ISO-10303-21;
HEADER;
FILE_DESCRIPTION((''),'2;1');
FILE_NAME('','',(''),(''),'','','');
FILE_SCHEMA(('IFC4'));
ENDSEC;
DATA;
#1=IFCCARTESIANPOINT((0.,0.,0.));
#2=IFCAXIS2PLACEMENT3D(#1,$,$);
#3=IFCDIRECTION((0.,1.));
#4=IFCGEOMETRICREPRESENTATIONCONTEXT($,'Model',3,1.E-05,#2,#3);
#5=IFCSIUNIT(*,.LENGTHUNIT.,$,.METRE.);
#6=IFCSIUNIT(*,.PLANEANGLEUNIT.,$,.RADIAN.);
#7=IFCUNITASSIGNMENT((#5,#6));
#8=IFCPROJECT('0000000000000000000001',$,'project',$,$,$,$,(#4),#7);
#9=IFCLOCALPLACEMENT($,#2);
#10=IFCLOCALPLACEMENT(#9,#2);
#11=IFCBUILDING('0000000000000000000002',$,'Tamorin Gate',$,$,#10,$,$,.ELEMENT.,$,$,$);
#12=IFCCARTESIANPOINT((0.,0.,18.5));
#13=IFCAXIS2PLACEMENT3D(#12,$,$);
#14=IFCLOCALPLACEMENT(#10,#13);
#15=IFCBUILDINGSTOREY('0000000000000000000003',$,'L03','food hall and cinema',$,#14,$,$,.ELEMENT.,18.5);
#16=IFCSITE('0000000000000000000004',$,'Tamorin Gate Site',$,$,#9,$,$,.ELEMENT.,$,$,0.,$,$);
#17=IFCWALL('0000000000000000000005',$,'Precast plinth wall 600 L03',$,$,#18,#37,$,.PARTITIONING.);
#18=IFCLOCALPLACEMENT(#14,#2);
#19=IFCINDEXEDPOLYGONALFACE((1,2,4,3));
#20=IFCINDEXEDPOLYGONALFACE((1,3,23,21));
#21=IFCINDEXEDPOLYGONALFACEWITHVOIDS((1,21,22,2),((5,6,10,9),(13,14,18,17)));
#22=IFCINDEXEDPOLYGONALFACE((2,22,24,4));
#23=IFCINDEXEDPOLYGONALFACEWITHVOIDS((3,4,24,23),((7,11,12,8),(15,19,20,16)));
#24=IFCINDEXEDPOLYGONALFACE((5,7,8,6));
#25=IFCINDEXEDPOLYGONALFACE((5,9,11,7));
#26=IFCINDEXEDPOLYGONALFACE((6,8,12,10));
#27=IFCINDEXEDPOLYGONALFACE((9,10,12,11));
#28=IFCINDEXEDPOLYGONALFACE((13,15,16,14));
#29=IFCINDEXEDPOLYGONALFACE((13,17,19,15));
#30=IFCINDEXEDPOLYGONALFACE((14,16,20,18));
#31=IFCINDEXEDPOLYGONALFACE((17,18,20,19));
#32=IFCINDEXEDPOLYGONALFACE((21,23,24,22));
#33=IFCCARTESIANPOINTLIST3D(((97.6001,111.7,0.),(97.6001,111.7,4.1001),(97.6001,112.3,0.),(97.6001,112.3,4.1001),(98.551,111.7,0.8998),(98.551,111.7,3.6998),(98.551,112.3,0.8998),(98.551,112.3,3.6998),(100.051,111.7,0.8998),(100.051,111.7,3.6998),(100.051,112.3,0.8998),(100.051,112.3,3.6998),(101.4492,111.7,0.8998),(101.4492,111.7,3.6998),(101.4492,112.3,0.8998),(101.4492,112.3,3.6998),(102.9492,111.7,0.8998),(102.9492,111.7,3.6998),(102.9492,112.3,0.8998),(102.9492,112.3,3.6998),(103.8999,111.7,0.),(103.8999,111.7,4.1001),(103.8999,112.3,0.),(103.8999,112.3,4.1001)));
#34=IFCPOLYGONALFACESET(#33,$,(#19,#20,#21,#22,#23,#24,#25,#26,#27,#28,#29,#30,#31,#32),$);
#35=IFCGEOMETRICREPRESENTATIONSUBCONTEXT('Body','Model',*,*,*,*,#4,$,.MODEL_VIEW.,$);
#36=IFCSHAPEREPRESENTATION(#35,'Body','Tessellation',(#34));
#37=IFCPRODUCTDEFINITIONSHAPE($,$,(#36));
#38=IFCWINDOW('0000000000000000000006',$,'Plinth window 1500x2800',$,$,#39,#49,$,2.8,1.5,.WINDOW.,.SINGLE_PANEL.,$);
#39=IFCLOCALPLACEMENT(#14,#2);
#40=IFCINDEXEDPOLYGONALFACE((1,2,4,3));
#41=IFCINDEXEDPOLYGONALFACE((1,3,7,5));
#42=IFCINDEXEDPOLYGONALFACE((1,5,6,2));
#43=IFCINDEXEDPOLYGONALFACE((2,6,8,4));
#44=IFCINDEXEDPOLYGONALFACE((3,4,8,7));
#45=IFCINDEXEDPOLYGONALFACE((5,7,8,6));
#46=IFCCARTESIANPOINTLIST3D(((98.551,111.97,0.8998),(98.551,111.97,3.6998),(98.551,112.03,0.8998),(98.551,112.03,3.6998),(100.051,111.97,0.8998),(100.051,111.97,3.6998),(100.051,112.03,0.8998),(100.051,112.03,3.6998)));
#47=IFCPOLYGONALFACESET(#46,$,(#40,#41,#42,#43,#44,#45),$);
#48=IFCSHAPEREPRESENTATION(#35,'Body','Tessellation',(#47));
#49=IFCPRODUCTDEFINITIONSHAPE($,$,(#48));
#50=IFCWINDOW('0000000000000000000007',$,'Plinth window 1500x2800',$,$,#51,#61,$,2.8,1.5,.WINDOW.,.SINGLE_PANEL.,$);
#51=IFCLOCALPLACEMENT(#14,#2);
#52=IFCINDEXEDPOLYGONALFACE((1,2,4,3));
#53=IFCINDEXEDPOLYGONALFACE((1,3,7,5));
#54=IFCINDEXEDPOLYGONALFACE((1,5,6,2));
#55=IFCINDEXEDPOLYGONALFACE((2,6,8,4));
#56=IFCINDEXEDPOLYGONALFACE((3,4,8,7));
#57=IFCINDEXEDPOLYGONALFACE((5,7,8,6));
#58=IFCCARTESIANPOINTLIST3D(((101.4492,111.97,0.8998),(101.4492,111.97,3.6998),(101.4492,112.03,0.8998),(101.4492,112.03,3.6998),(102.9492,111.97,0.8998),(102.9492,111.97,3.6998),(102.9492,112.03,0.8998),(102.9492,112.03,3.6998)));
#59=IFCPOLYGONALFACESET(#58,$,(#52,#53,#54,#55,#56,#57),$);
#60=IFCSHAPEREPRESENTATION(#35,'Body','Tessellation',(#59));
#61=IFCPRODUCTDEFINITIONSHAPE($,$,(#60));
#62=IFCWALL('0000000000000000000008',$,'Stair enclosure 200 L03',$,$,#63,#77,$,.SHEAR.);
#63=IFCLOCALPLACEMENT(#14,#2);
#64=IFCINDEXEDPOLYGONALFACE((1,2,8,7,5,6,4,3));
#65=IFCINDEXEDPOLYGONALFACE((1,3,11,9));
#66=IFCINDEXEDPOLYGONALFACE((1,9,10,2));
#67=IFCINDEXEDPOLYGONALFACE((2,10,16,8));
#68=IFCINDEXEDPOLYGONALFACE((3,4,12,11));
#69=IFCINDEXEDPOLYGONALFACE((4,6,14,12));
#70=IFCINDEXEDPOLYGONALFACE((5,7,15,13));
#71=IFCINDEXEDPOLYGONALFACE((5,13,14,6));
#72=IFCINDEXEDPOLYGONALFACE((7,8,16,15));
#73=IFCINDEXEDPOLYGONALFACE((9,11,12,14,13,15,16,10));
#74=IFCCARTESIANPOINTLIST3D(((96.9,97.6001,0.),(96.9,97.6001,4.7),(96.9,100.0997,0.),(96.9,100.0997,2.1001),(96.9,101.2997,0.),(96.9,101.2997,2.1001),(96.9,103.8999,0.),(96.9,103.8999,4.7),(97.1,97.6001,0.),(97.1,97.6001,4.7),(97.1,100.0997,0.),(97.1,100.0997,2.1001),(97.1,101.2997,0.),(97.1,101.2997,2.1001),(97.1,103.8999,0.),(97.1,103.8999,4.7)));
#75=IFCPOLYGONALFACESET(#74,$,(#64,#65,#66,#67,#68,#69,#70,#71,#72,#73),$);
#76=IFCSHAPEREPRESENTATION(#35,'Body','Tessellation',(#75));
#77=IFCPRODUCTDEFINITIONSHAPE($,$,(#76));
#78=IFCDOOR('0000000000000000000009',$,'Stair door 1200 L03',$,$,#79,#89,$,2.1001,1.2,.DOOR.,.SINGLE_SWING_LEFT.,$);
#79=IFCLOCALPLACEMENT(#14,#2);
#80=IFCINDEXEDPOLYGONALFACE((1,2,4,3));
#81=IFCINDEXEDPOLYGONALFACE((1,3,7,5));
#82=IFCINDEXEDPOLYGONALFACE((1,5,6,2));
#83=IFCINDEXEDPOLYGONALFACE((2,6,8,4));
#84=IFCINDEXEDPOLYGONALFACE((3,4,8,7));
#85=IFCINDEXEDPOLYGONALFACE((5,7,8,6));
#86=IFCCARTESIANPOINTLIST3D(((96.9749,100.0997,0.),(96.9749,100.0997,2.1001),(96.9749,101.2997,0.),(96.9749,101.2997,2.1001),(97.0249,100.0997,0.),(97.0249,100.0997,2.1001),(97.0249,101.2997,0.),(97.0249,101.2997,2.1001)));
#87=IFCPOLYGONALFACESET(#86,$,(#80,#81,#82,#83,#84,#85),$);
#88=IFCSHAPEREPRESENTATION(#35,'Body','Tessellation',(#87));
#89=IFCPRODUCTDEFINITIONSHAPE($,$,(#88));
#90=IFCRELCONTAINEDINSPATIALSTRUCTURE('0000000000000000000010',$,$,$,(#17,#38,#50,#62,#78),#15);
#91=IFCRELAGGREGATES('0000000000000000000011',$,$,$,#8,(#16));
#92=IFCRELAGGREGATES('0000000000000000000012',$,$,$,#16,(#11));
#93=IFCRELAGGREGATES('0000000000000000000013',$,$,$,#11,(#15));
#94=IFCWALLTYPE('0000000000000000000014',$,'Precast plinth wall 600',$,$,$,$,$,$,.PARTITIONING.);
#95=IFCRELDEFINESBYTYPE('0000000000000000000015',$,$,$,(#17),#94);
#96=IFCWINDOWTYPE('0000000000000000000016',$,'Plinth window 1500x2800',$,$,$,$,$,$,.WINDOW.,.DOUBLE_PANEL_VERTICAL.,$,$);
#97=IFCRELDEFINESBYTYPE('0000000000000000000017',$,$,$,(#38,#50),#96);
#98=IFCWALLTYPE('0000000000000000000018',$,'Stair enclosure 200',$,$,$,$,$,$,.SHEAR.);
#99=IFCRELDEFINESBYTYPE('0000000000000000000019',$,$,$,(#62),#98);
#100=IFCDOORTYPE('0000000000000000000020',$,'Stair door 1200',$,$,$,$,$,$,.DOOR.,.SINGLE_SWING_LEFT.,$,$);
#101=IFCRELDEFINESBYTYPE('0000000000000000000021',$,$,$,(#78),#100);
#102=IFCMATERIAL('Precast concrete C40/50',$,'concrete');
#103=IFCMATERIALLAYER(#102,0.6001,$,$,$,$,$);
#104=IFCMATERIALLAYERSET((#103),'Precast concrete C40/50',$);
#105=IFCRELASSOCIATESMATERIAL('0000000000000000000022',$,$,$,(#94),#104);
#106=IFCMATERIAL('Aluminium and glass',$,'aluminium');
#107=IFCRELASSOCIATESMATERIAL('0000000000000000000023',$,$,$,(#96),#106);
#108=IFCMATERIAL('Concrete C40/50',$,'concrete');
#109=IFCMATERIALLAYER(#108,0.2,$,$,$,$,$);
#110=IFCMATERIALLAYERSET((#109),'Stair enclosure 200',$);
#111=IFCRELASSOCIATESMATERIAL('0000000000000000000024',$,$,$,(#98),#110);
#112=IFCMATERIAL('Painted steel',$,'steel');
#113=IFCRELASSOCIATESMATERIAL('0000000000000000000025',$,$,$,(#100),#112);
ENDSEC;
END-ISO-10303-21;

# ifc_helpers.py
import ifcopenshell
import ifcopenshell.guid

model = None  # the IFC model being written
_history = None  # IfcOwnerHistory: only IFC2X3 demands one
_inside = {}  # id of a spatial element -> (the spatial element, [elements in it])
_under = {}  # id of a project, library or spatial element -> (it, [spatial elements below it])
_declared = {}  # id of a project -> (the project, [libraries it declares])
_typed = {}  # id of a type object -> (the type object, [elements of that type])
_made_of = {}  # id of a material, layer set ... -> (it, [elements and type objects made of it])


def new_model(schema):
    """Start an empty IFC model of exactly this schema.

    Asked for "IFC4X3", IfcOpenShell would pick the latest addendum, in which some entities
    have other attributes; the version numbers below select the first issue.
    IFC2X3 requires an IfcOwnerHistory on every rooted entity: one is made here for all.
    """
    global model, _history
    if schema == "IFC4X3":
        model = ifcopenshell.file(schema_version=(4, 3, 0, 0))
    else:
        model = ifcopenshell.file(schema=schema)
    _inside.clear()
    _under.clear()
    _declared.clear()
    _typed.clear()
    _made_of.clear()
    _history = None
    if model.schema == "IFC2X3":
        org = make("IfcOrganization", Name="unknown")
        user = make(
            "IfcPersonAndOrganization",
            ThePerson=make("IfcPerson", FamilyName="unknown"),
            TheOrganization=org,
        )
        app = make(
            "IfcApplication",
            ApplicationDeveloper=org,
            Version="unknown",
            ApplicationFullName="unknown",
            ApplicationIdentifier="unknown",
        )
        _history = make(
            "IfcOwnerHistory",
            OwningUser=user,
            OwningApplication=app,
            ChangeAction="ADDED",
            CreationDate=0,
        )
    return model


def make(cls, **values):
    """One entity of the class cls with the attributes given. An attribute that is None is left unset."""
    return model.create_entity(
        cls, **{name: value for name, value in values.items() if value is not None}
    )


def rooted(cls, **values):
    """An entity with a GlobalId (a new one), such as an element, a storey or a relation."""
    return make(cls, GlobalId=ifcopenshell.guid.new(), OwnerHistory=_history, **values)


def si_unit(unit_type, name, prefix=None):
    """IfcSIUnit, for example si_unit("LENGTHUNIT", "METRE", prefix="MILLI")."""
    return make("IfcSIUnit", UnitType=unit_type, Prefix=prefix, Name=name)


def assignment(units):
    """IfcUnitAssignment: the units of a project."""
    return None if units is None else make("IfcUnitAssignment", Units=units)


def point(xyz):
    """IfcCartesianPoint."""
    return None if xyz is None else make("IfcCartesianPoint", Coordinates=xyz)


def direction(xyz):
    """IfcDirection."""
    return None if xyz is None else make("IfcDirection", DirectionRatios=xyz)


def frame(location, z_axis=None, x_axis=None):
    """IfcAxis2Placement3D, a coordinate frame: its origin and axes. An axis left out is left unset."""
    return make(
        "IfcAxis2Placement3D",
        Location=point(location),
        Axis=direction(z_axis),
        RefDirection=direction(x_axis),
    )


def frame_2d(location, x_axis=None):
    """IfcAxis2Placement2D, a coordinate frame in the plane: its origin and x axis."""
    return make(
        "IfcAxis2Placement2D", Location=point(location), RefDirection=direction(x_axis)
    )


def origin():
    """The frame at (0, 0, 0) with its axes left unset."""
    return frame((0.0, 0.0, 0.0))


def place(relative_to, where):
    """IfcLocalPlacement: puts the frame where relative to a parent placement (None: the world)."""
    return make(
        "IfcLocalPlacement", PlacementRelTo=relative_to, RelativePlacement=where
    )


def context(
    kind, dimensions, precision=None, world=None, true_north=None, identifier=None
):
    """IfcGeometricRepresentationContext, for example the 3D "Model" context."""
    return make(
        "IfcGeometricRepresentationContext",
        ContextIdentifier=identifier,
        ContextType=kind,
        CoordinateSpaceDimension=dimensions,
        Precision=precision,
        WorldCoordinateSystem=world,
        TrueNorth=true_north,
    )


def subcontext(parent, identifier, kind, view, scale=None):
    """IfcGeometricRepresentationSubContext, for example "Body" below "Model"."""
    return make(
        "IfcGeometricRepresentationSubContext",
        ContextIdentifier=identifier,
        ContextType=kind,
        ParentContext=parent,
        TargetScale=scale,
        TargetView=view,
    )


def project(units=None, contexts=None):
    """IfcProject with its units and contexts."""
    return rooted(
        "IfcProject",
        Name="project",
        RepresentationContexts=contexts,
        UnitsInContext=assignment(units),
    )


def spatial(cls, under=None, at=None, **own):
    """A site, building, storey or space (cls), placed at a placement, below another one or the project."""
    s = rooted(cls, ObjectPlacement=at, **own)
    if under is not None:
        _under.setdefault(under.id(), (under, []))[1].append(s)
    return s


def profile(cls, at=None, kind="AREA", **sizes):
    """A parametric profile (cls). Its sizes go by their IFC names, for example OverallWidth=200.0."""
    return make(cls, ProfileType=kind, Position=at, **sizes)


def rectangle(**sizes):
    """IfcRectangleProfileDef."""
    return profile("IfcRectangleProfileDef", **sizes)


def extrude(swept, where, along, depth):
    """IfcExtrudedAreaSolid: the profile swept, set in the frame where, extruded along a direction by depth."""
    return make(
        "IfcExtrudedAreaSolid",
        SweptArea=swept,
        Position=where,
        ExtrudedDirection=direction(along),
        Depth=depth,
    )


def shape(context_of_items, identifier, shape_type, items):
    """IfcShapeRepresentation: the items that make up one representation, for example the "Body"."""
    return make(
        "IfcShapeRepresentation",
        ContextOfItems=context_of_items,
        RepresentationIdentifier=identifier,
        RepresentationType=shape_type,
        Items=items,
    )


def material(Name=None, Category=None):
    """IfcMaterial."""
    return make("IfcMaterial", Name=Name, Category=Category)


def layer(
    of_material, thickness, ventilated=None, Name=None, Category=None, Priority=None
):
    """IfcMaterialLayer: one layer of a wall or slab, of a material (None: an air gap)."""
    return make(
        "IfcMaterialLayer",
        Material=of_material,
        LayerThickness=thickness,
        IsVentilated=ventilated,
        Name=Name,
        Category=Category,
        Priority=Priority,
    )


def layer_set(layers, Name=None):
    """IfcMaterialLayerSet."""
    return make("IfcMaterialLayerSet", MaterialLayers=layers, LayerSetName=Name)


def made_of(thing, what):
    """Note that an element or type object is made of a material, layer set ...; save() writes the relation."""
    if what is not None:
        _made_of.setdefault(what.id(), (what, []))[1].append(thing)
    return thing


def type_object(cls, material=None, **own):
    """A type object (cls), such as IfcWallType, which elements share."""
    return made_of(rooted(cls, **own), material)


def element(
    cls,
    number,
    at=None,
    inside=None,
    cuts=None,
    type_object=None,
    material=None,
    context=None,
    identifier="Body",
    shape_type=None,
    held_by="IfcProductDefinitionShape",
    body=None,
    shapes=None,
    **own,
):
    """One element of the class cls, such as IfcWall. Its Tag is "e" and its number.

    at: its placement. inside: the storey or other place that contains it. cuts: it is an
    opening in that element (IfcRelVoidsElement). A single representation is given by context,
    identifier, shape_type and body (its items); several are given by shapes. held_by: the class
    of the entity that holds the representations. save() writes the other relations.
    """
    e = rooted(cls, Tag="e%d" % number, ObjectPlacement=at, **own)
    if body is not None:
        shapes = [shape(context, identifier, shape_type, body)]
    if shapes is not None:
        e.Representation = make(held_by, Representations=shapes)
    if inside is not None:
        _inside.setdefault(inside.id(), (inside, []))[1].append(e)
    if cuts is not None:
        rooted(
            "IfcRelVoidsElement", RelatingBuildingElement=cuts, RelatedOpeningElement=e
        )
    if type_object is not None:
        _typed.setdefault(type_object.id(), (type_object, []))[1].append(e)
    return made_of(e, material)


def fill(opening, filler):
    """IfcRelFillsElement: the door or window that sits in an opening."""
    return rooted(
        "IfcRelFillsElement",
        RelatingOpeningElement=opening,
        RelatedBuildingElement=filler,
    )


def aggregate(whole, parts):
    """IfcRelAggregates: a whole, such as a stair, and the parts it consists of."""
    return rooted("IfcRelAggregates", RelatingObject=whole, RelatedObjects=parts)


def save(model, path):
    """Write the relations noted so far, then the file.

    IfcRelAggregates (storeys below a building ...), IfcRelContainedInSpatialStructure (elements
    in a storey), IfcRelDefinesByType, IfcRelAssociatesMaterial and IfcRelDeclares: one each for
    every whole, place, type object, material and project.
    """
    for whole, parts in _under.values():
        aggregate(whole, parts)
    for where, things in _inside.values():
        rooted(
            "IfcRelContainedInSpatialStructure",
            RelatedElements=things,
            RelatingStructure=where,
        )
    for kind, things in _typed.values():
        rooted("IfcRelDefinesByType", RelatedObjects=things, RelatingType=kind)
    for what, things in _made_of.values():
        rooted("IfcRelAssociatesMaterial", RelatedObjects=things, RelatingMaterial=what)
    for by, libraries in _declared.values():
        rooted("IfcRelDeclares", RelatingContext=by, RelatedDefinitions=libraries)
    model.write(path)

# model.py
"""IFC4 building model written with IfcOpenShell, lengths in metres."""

from ifc_helpers import new_model, si_unit, direction, frame, frame_2d, origin, place, context, subcontext, project, spatial, rectangle, extrude, material, layer, layer_set, type_object, element, fill, save


model = new_model("IFC4")

# Units and contexts
model_context = context("Model", 3, precision=1e-05, world=origin(), true_north=direction((0.0, 1.0)))
body_context = subcontext(model_context, "Body", "Model", "MODEL_VIEW")
ifc_project = project(units=[si_unit("LENGTHUNIT", "METRE"), si_unit("PLANEANGLEUNIT", "RADIAN")], contexts=[model_context])

# Site, building, storey
site_placement = place(None, origin())
site = spatial("IfcSite", under=ifc_project, at=site_placement, Name="Tamorin Gate Site", CompositionType="ELEMENT", RefElevation=0.0)
building_placement = place(site_placement, origin())
building = spatial("IfcBuilding", under=site, at=building_placement, Name="Tamorin Gate", CompositionType="ELEMENT")
storey_placement = place(building_placement, frame((0.0, 0.0, 18.5)))
storey = spatial("IfcBuildingStorey", under=building, at=storey_placement, Name="L03", Description="food hall and cinema", CompositionType="ELEMENT", Elevation=18.5)

# Shared definitions
ifc_material_1 = material(Name="Precast concrete C40/50", Category="concrete")
ifc_layer_1 = layer(ifc_material_1, 0.6001)
ifc_layer_set_1 = layer_set([ifc_layer_1], Name="Precast concrete C40/50")
wall_type_1 = type_object("IfcWallType", Name="Precast plinth wall 600", PredefinedType="PARTITIONING", material=ifc_layer_set_1)
ifc_material_2 = material(Name="Aluminium and glass", Category="aluminium")

# Wall, openings, windows
window_type_1 = type_object("IfcWindowType", Name="Plinth window 1500x2800", PartitioningType="DOUBLE_PANEL_VERTICAL", PredefinedType="WINDOW", material=ifc_material_2)
wall_1_placement = place(storey_placement, frame((97.6001, 112.0, 0.0), z_axis=(0.0, 0.0, 1.0), x_axis=(1.0, 0.0, 0.0)))
wall_1 = element("IfcWall", 1, at=wall_1_placement, inside=storey, type_object=wall_type_1, Name="Precast plinth wall 600 L03", PredefinedType="PARTITIONING", context=body_context, shape_type="SweptSolid", body=[
    extrude(rectangle(XDim=6.2998, YDim=0.6001, at=frame_2d((3.1499, 0.0))), origin(), (0.0, 0.0, 1.0), 4.1001),
])
opening_1_placement = place(wall_1_placement, frame((0.9509, 0.0, 0.8999)))
opening_1 = element("IfcOpeningElement", 2, at=opening_1_placement, cuts=wall_1, PredefinedType="OPENING", context=body_context, shape_type="SweptSolid", body=[
    extrude(rectangle(XDim=1.5, YDim=2.8, at=frame_2d((0.75, 1.3999))), frame((0.0, 0.3101, 0.0), z_axis=(0.0, -1.0, 0.0), x_axis=(1.0, 0.0, 0.0)), (0.0, 0.0, 1.0), 0.6201),
])
opening_2_placement = place(wall_1_placement, frame((3.8491, 0.0, 0.8999)))
opening_2 = element("IfcOpeningElement", 3, at=opening_2_placement, cuts=wall_1, PredefinedType="OPENING", context=body_context, shape_type="SweptSolid", body=[
    extrude(rectangle(XDim=1.5, YDim=2.8, at=frame_2d((0.75, 1.3999))), frame((0.0, 0.3101, 0.0), z_axis=(0.0, -1.0, 0.0), x_axis=(1.0, 0.0, 0.0)), (0.0, 0.0, 1.0), 0.6201),
])
window_1_placement = place(opening_1_placement, origin())
window_1 = element("IfcWindow", 4, at=window_1_placement, inside=storey, type_object=window_type_1, Name="Plinth window 1500x2800", OverallHeight=2.8, OverallWidth=1.5, PartitioningType="SINGLE_PANEL", PredefinedType="WINDOW", context=body_context, shape_type="SweptSolid", body=[
    extrude(rectangle(XDim=1.5, YDim=2.8, at=frame_2d((0.75, 1.3999))), frame((0.0, 0.03, 0.0), z_axis=(0.0, -1.0, 0.0), x_axis=(1.0, 0.0, 0.0)), (0.0, 0.0, 1.0), 0.0601),
])
fill(opening_1, window_1)
window_2_placement = place(opening_2_placement, origin())
window_2 = element("IfcWindow", 5, at=window_2_placement, inside=storey, type_object=window_type_1, Name="Plinth window 1500x2800", OverallHeight=2.8, OverallWidth=1.5, PartitioningType="SINGLE_PANEL", PredefinedType="WINDOW", context=body_context, shape_type="SweptSolid", body=[
    extrude(rectangle(XDim=1.5, YDim=2.8, at=frame_2d((0.75, 1.3999))), frame((0.0, 0.03, 0.0), z_axis=(0.0, -1.0, 0.0), x_axis=(1.0, 0.0, 0.0)), (0.0, 0.0, 1.0), 0.0601),
])
fill(opening_2, window_2)

# Wall, opening, door
ifc_material_3 = material(Name="Concrete C40/50", Category="concrete")
ifc_layer_2 = layer(ifc_material_3, 0.2)
ifc_layer_set_2 = layer_set([ifc_layer_2], Name="Stair enclosure 200")
wall_type_2 = type_object("IfcWallType", Name="Stair enclosure 200", PredefinedType="SHEAR", material=ifc_layer_set_2)
wall_2_placement = place(storey_placement, frame((97.0, 103.8999, 0.0), z_axis=(0.0, 0.0, 1.0), x_axis=(0.0, -1.0, 0.0)))
wall_2 = element("IfcWall", 6, at=wall_2_placement, inside=storey, type_object=wall_type_2, Name="Stair enclosure 200 L03", PredefinedType="SHEAR", context=body_context, shape_type="SweptSolid", body=[
    extrude(rectangle(XDim=6.2998, YDim=0.2, at=frame_2d((3.1499, 0.0))), origin(), (0.0, 0.0, 1.0), 4.7),
])
opening_3_placement = place(wall_2_placement, frame((2.6001, 0.0, 0.0)))
opening_3 = element("IfcOpeningElement", 7, at=opening_3_placement, cuts=wall_2, PredefinedType="OPENING", context=body_context, shape_type="SweptSolid", body=[
    extrude(rectangle(XDim=1.2, YDim=2.1001, at=frame_2d((0.6001, 1.05))), frame((0.0, 0.1099, 0.0), z_axis=(0.0, -1.0, 0.0), x_axis=(1.0, 0.0, 0.0)), (0.0, 0.0, 1.0), 0.22),
])
ifc_material_4 = material(Name="Painted steel", Category="steel")
door_type = type_object("IfcDoorType", Name="Stair door 1200", OperationType="SINGLE_SWING_LEFT", PredefinedType="DOOR", material=ifc_material_4)
door_placement = place(opening_3_placement, origin())
door = element("IfcDoor", 8, at=door_placement, inside=storey, type_object=door_type, Name="Stair door 1200 L03", OperationType="SINGLE_SWING_LEFT", OverallHeight=2.1001, OverallWidth=1.2, PredefinedType="DOOR", context=body_context, shape_type="SweptSolid", body=[
    extrude(rectangle(XDim=1.2, YDim=2.1001, at=frame_2d((0.6001, 1.05))), frame((0.0, 0.0249, 0.0), z_axis=(0.0, -1.0, 0.0), x_axis=(1.0, 0.0, 0.0)), (0.0, 0.0, 1.0), 0.05),
])
fill(opening_3, door)

save(model, "model.ifc")
